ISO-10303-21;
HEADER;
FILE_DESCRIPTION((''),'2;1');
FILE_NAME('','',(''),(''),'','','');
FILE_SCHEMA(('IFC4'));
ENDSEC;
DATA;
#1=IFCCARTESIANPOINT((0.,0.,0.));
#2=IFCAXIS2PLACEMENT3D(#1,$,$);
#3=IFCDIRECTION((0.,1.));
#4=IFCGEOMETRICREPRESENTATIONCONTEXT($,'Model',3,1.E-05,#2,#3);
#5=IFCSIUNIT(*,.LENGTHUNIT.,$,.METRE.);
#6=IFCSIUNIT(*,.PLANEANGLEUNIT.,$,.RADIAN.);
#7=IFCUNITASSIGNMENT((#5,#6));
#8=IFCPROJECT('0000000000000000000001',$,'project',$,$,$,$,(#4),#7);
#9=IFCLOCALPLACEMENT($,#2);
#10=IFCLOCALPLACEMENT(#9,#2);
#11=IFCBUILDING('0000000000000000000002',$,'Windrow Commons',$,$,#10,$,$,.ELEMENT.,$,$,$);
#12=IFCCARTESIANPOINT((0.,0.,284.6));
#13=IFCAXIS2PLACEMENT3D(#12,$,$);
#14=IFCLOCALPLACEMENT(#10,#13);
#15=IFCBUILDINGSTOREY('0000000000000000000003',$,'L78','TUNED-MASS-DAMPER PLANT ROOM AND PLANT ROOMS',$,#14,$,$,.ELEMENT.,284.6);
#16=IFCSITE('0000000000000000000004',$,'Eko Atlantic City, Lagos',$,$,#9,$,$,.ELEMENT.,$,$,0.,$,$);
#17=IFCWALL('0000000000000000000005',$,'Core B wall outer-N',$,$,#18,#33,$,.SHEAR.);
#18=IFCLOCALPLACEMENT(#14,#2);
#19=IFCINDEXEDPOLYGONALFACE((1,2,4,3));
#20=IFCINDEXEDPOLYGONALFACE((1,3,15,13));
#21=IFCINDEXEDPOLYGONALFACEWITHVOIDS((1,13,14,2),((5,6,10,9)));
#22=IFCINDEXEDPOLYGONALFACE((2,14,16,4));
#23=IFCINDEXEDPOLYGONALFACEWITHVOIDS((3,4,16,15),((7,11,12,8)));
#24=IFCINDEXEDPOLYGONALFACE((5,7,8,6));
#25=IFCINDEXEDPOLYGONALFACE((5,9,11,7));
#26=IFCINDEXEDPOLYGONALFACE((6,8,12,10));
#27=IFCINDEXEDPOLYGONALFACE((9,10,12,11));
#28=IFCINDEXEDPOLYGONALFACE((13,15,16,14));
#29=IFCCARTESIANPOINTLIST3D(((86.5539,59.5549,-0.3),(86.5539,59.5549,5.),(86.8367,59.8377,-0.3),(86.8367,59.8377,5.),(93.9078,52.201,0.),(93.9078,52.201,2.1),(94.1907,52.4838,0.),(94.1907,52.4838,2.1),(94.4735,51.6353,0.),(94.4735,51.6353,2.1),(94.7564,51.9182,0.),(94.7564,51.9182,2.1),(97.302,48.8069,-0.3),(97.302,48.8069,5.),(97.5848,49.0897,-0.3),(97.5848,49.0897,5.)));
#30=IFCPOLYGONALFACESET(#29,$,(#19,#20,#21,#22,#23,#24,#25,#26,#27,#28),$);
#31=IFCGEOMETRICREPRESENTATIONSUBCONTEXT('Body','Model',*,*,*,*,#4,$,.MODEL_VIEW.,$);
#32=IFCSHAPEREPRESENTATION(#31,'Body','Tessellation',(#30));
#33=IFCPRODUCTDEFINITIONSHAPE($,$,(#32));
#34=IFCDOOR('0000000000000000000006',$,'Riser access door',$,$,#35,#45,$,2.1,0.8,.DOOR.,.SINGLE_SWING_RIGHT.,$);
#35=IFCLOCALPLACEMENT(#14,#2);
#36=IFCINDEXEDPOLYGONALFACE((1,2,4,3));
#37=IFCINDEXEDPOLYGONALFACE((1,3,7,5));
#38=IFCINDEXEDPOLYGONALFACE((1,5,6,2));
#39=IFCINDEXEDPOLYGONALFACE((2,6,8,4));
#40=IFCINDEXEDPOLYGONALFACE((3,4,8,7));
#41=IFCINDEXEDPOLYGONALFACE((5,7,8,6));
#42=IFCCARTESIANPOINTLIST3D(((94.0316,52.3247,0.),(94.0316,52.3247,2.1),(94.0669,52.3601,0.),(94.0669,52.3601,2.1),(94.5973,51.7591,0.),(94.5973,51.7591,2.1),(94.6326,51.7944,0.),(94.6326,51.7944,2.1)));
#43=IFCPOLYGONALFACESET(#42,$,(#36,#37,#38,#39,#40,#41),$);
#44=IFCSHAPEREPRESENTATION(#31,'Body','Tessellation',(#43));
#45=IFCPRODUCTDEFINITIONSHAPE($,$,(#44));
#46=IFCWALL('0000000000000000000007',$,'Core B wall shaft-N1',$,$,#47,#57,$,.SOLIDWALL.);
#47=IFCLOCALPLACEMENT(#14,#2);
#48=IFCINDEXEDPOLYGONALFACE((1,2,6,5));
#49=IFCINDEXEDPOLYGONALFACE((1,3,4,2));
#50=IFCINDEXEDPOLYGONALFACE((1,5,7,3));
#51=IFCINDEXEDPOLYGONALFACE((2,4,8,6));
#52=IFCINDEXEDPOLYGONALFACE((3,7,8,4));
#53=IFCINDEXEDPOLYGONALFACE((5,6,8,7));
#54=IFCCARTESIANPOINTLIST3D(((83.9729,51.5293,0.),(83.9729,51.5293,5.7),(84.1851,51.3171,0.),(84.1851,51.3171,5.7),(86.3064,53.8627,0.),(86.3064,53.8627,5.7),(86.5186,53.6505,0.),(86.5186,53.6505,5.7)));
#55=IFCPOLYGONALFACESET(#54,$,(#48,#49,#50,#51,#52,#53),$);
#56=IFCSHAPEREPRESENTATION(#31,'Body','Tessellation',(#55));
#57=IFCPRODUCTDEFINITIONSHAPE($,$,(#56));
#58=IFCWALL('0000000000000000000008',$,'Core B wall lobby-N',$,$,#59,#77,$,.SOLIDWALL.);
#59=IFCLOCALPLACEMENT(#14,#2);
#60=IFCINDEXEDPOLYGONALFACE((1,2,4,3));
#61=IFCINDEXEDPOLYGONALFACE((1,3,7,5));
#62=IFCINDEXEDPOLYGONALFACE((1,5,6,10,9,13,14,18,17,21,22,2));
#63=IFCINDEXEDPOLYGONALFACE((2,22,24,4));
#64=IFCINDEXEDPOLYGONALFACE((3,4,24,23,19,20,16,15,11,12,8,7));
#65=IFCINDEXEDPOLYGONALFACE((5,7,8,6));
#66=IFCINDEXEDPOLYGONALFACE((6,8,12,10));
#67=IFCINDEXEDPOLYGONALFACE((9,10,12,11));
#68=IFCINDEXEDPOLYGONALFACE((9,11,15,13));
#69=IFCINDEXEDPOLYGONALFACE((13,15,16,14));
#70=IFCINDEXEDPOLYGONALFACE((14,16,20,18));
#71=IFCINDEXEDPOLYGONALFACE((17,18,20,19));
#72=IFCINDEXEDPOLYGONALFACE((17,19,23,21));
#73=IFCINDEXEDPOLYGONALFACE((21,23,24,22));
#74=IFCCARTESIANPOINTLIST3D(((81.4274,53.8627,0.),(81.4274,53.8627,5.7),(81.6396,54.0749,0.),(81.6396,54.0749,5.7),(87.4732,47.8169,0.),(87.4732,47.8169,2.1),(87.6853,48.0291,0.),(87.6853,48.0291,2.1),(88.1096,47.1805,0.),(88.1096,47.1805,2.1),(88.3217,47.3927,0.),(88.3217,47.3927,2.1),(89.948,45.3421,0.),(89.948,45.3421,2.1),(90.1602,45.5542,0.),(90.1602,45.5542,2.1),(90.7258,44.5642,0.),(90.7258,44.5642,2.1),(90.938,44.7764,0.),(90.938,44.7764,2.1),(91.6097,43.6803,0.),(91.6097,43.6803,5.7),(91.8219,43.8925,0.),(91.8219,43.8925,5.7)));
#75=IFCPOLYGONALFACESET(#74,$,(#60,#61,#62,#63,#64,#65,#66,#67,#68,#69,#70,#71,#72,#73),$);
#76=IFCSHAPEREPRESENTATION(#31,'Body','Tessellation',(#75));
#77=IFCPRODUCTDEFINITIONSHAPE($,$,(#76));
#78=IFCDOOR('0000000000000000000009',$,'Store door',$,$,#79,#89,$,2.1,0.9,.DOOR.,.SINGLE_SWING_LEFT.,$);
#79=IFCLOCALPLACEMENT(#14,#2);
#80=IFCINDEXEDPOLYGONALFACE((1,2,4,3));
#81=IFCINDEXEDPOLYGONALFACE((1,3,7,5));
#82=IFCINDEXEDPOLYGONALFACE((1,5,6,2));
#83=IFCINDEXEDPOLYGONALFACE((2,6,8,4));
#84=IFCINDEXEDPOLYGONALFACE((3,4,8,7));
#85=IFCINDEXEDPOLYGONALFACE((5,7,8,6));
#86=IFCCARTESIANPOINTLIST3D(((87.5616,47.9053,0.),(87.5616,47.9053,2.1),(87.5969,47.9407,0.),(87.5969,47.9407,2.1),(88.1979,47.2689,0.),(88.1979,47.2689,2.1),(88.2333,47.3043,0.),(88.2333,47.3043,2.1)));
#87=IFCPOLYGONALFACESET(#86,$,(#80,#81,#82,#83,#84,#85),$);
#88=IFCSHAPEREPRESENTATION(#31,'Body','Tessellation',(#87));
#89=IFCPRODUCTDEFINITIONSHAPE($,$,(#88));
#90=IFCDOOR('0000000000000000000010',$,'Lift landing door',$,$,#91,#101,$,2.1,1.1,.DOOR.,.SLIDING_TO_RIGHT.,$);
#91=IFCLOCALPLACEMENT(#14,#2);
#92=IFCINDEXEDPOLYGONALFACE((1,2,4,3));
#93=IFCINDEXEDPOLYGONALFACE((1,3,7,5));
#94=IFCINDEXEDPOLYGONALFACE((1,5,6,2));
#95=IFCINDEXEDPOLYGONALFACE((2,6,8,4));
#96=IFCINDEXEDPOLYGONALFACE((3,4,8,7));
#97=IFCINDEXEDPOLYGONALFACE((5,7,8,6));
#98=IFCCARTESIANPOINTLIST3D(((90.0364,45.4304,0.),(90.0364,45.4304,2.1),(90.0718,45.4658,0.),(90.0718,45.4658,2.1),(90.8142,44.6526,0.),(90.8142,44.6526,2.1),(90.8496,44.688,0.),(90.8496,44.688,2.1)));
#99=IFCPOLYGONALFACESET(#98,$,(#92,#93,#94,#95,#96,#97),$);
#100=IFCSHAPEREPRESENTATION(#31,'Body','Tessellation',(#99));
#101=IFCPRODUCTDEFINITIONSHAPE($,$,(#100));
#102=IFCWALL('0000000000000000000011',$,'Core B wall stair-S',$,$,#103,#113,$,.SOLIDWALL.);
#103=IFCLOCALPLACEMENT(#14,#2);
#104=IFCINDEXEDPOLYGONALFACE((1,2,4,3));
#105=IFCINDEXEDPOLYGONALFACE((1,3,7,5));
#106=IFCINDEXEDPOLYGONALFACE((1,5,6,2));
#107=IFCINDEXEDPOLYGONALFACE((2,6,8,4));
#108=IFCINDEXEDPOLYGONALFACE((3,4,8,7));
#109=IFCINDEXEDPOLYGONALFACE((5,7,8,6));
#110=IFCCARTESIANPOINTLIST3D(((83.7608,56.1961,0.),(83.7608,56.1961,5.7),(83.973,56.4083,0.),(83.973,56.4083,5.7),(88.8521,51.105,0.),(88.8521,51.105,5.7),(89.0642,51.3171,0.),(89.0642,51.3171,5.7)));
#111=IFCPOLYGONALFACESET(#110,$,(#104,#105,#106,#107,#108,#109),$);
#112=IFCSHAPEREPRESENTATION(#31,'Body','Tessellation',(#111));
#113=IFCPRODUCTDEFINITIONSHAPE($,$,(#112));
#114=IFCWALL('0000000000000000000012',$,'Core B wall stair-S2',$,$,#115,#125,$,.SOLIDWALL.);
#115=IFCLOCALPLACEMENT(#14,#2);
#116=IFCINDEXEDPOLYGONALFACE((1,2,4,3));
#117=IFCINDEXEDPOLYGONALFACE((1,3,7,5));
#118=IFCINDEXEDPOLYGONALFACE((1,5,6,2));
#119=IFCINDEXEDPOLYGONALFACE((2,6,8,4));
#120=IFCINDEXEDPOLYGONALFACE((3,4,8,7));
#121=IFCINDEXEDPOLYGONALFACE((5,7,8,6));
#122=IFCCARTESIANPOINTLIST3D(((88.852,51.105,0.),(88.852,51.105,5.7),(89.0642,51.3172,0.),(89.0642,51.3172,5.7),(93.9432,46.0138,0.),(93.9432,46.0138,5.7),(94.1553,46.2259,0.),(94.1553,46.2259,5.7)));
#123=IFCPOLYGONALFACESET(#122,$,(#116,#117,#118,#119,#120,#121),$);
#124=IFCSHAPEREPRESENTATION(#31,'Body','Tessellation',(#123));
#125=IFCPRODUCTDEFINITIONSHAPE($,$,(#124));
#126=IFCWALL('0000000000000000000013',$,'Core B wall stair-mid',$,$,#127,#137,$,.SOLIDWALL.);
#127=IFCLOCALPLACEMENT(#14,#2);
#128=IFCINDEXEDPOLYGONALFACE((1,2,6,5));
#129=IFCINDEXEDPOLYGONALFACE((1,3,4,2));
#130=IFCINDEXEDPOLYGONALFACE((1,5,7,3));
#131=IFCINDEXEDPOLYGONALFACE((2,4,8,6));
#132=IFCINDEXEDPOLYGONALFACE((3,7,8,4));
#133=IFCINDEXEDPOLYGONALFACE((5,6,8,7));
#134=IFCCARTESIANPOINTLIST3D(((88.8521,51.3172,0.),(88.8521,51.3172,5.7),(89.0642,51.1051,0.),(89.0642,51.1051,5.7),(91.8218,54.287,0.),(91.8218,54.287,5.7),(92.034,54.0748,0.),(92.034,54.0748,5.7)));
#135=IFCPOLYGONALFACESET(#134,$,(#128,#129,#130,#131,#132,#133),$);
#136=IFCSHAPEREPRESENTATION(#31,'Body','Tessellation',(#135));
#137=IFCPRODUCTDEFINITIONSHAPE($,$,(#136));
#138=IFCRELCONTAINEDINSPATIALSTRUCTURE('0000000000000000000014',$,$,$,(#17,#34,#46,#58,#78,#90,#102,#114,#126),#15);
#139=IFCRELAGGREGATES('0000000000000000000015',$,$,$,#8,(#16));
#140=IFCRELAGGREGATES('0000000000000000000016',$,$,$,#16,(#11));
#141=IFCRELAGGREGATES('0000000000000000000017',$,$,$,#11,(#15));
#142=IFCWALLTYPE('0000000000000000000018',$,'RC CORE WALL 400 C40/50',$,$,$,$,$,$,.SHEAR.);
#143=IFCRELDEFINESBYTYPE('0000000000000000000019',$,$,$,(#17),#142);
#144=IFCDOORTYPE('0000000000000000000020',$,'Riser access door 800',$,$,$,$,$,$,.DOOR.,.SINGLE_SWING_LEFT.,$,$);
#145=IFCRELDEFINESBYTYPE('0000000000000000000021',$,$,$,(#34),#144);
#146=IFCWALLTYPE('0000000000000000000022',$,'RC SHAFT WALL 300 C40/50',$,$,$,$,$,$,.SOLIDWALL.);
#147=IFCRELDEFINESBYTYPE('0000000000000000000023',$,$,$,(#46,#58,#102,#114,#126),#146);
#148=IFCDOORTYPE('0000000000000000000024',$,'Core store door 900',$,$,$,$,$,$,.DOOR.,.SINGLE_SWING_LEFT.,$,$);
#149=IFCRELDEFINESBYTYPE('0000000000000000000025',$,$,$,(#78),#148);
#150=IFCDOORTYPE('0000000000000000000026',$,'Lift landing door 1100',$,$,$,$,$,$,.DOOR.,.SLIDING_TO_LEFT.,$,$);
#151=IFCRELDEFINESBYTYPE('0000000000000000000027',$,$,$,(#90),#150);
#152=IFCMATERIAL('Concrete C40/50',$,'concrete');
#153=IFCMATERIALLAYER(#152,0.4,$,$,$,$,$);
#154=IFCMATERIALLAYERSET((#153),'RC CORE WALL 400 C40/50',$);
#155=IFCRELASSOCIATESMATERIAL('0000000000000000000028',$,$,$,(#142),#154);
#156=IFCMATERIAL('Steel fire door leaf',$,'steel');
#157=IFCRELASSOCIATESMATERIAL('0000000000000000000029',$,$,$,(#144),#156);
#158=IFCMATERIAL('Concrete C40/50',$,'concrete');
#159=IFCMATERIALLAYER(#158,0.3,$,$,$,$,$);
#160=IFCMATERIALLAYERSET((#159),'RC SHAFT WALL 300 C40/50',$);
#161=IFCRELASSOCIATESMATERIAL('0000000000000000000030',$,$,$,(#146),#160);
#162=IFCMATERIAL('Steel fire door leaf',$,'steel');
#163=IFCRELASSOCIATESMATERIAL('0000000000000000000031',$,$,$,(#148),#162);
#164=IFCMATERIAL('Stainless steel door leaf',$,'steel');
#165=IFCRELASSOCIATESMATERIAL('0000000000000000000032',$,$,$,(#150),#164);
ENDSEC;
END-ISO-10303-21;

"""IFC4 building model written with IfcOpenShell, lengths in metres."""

from ifc_helpers import new_model, si_unit, direction, frame, frame_2d, origin, place, context, subcontext, project, spatial, rectangle, extrude, material, layer, layer_set, type_object, element, fill, save


model = new_model("IFC4")

# Units and contexts
model_context = context("Model", 3, precision=1e-05, world=origin(), true_north=direction((0.0, 1.0)))
body_context = subcontext(model_context, "Body", "Model", "MODEL_VIEW")
ifc_project = project(units=[si_unit("LENGTHUNIT", "METRE"), si_unit("PLANEANGLEUNIT", "RADIAN")], contexts=[model_context])

# Site, building, storey
site_placement = place(None, origin())
site = spatial("IfcSite", under=ifc_project, at=site_placement, Name="Eko Atlantic City, Lagos", CompositionType="ELEMENT", RefElevation=0.0)
building_placement = place(site_placement, origin())
building = spatial("IfcBuilding", under=site, at=building_placement, Name="Windrow Commons", CompositionType="ELEMENT")
storey_placement = place(building_placement, frame((0.0, 0.0, 284.6)))
storey = spatial("IfcBuildingStorey", under=building, at=storey_placement, Name="L78", Description="TUNED-MASS-DAMPER PLANT ROOM AND PLANT ROOMS", CompositionType="ELEMENT", Elevation=284.6)

# Wall, opening, door
ifc_material_1 = material(Name="Concrete C40/50", Category="concrete")
ifc_layer_1 = layer(ifc_material_1, 0.4)
ifc_layer_set_1 = layer_set([ifc_layer_1], Name="RC CORE WALL 400 C40/50")
wall_type_1 = type_object("IfcWallType", Name="RC CORE WALL 400 C40/50", PredefinedType="SHEAR", material=ifc_layer_set_1)
wall_1_placement = place(storey_placement, frame((86.6953, 59.6963, -0.3), z_axis=(0.0, 0.0, 1.0), x_axis=(0.70711, -0.707103, 0.0)))
wall_1 = element("IfcWall", 1, at=wall_1_placement, inside=storey, type_object=wall_type_1, Name="Core B wall outer-N", PredefinedType="SHEAR", context=body_context, shape_type="SweptSolid", body=[
    extrude(rectangle(XDim=15.2, YDim=0.4, at=frame_2d((7.6, 0.0))), origin(), (0.0, 0.0, 1.0), 5.3),
])
opening_1_placement = place(wall_1_placement, frame((10.4, 0.0, 0.3)))
opening_1 = element("IfcOpeningElement", 2, at=opening_1_placement, cuts=wall_1, PredefinedType="OPENING", context=body_context, shape_type="SweptSolid", body=[
    extrude(rectangle(XDim=0.8, YDim=2.1, at=frame_2d((0.4, 1.05))), frame((0.0, 0.21, 0.0), z_axis=(0.0, -1.0, 0.0), x_axis=(1.0, 0.0, 0.0)), (0.0, 0.0, 1.0), 0.42),
])
ifc_material_2 = material(Name="Steel fire door leaf", Category="steel")
door_type_1 = type_object("IfcDoorType", Name="Riser access door 800", OperationType="SINGLE_SWING_LEFT", PredefinedType="DOOR", material=ifc_material_2)
door_1_placement = place(opening_1_placement, origin())
door_1 = element("IfcDoor", 3, at=door_1_placement, inside=storey, type_object=door_type_1, Name="Riser access door", OperationType="SINGLE_SWING_RIGHT", OverallHeight=2.1, OverallWidth=0.8, PredefinedType="DOOR", context=body_context, shape_type="SweptSolid", body=[
    extrude(rectangle(XDim=0.8, YDim=2.1, at=frame_2d((0.4, 1.05))), frame((0.0, 0.025, 0.0), z_axis=(0.0, -1.0, 0.0), x_axis=(1.0, 0.0, 0.0)), (0.0, 0.0, 1.0), 0.05),
])
fill(opening_1, door_1)

# Wall
ifc_material_3 = material(Name="Concrete C40/50", Category="concrete")
ifc_layer_2 = layer(ifc_material_3, 0.3)
ifc_layer_set_2 = layer_set([ifc_layer_2], Name="RC SHAFT WALL 300 C40/50")
wall_type_2 = type_object("IfcWallType", Name="RC SHAFT WALL 300 C40/50", PredefinedType="SOLIDWALL", material=ifc_layer_set_2)
wall_2_placement = place(storey_placement, frame((84.079, 51.4232, 0.0), z_axis=(0.0, 0.0, 1.0), x_axis=(0.707122, 0.707092, 0.0)))
element("IfcWall", 4, at=wall_2_placement, inside=storey, type_object=wall_type_2, Name="Core B wall shaft-N1", PredefinedType="SOLIDWALL", context=body_context, shape_type="SweptSolid", body=[
    extrude(rectangle(XDim=3.3, YDim=0.3, at=frame_2d((1.65, 0.0))), origin(), (0.0, 0.0, 1.0), 5.7),
])

# Wall, openings, doors
wall_3_placement = place(storey_placement, frame((81.5335, 53.9688, 0.0), z_axis=(0.0, 0.0, 1.0), x_axis=(0.707103, -0.70711, 0.0)))
wall_3 = element("IfcWall", 5, at=wall_3_placement, inside=storey, type_object=wall_type_2, Name="Core B wall lobby-N", PredefinedType="SOLIDWALL", context=body_context, shape_type="SweptSolid", body=[
    extrude(rectangle(XDim=14.4, YDim=0.3, at=frame_2d((7.2, 0.0))), origin(), (0.0, 0.0, 1.0), 5.7),
])
opening_2_placement = place(wall_3_placement, frame((8.55, 0.0, 0.0)))
opening_2 = element("IfcOpeningElement", 6, at=opening_2_placement, cuts=wall_3, PredefinedType="OPENING", context=body_context, shape_type="SweptSolid", body=[
    extrude(rectangle(XDim=0.9, YDim=2.1, at=frame_2d((0.45, 1.05))), frame((0.0, 0.16, 0.0), z_axis=(0.0, -1.0, 0.0), x_axis=(1.0, 0.0, 0.0)), (0.0, 0.0, 1.0), 0.32),
])
opening_3_placement = place(wall_3_placement, frame((12.05, 0.0, 0.0)))
opening_3 = element("IfcOpeningElement", 7, at=opening_3_placement, cuts=wall_3, PredefinedType="OPENING", context=body_context, shape_type="SweptSolid", body=[
    extrude(rectangle(XDim=1.1, YDim=2.1, at=frame_2d((0.55, 1.05))), frame((0.0, 0.16, 0.0), z_axis=(0.0, -1.0, 0.0), x_axis=(1.0, 0.0, 0.0)), (0.0, 0.0, 1.0), 0.32),
])
ifc_material_4 = material(Name="Steel fire door leaf", Category="steel")
door_type_2 = type_object("IfcDoorType", Name="Core store door 900", OperationType="SINGLE_SWING_LEFT", PredefinedType="DOOR", material=ifc_material_4)
door_2_placement = place(opening_2_placement, origin())
door_2 = element("IfcDoor", 8, at=door_2_placement, inside=storey, type_object=door_type_2, Name="Store door", OperationType="SINGLE_SWING_LEFT", OverallHeight=2.1, OverallWidth=0.9, PredefinedType="DOOR", context=body_context, shape_type="SweptSolid", body=[
    extrude(rectangle(XDim=0.9, YDim=2.1, at=frame_2d((0.45, 1.05))), frame((0.0, 0.025, 0.0), z_axis=(0.0, -1.0, 0.0), x_axis=(1.0, 0.0, 0.0)), (0.0, 0.0, 1.0), 0.05),
])
fill(opening_2, door_2)
ifc_material_5 = material(Name="Stainless steel door leaf", Category="steel")
door_type_3 = type_object("IfcDoorType", Name="Lift landing door 1100", OperationType="SLIDING_TO_LEFT", PredefinedType="DOOR", material=ifc_material_5)
door_3_placement = place(opening_3_placement, origin())
door_3 = element("IfcDoor", 9, at=door_3_placement, inside=storey, type_object=door_type_3, Name="Lift landing door", OperationType="SLIDING_TO_RIGHT", OverallHeight=2.1, OverallWidth=1.1, PredefinedType="DOOR", context=body_context, shape_type="SweptSolid", body=[
    extrude(rectangle(XDim=1.1, YDim=2.1, at=frame_2d((0.55, 1.05))), frame((0.0, 0.025, 0.0), z_axis=(0.0, -1.0, 0.0), x_axis=(1.0, 0.0, 0.0)), (0.0, 0.0, 1.0), 0.05),
])
fill(opening_3, door_3)

# Walls
for number, where, z_axis, x_axis, name in (
    (10, (83.8669, 56.3022, 0.0), (0.0, 0.0, 1.0), (0.707114, -0.7071, 0.0), "Core B wall stair-S"),
    (11, (88.9581, 51.2111, 0.0), (0.0, 0.0, 1.0), (0.7071, -0.707114, 0.0), "Core B wall stair-S2"),
):
    element("IfcWall", number, at=place(storey_placement, frame(where, z_axis=z_axis, x_axis=x_axis)), inside=storey, type_object=wall_type_2, Name=name, PredefinedType="SOLIDWALL", context=body_context, shape_type="SweptSolid", body=[
        extrude(rectangle(XDim=7.2, YDim=0.3, at=frame_2d((3.6, 0.0))), origin(), (0.0, 0.0, 1.0), 5.7),
    ])
wall_4_placement = place(storey_placement, frame((88.9581, 51.2111, 0.0), z_axis=(0.0, 0.0, 1.0), x_axis=(0.707107, 0.707107, 0.0)))
element("IfcWall", 12, at=wall_4_placement, inside=storey, type_object=wall_type_2, Name="Core B wall stair-mid", PredefinedType="SOLIDWALL", context=body_context, shape_type="SweptSolid", body=[
    extrude(rectangle(XDim=4.1999, YDim=0.3, at=frame_2d((2.1, 0.0))), origin(), (0.0, 0.0, 1.0), 5.7),
])

save(model, "model.ifc")
